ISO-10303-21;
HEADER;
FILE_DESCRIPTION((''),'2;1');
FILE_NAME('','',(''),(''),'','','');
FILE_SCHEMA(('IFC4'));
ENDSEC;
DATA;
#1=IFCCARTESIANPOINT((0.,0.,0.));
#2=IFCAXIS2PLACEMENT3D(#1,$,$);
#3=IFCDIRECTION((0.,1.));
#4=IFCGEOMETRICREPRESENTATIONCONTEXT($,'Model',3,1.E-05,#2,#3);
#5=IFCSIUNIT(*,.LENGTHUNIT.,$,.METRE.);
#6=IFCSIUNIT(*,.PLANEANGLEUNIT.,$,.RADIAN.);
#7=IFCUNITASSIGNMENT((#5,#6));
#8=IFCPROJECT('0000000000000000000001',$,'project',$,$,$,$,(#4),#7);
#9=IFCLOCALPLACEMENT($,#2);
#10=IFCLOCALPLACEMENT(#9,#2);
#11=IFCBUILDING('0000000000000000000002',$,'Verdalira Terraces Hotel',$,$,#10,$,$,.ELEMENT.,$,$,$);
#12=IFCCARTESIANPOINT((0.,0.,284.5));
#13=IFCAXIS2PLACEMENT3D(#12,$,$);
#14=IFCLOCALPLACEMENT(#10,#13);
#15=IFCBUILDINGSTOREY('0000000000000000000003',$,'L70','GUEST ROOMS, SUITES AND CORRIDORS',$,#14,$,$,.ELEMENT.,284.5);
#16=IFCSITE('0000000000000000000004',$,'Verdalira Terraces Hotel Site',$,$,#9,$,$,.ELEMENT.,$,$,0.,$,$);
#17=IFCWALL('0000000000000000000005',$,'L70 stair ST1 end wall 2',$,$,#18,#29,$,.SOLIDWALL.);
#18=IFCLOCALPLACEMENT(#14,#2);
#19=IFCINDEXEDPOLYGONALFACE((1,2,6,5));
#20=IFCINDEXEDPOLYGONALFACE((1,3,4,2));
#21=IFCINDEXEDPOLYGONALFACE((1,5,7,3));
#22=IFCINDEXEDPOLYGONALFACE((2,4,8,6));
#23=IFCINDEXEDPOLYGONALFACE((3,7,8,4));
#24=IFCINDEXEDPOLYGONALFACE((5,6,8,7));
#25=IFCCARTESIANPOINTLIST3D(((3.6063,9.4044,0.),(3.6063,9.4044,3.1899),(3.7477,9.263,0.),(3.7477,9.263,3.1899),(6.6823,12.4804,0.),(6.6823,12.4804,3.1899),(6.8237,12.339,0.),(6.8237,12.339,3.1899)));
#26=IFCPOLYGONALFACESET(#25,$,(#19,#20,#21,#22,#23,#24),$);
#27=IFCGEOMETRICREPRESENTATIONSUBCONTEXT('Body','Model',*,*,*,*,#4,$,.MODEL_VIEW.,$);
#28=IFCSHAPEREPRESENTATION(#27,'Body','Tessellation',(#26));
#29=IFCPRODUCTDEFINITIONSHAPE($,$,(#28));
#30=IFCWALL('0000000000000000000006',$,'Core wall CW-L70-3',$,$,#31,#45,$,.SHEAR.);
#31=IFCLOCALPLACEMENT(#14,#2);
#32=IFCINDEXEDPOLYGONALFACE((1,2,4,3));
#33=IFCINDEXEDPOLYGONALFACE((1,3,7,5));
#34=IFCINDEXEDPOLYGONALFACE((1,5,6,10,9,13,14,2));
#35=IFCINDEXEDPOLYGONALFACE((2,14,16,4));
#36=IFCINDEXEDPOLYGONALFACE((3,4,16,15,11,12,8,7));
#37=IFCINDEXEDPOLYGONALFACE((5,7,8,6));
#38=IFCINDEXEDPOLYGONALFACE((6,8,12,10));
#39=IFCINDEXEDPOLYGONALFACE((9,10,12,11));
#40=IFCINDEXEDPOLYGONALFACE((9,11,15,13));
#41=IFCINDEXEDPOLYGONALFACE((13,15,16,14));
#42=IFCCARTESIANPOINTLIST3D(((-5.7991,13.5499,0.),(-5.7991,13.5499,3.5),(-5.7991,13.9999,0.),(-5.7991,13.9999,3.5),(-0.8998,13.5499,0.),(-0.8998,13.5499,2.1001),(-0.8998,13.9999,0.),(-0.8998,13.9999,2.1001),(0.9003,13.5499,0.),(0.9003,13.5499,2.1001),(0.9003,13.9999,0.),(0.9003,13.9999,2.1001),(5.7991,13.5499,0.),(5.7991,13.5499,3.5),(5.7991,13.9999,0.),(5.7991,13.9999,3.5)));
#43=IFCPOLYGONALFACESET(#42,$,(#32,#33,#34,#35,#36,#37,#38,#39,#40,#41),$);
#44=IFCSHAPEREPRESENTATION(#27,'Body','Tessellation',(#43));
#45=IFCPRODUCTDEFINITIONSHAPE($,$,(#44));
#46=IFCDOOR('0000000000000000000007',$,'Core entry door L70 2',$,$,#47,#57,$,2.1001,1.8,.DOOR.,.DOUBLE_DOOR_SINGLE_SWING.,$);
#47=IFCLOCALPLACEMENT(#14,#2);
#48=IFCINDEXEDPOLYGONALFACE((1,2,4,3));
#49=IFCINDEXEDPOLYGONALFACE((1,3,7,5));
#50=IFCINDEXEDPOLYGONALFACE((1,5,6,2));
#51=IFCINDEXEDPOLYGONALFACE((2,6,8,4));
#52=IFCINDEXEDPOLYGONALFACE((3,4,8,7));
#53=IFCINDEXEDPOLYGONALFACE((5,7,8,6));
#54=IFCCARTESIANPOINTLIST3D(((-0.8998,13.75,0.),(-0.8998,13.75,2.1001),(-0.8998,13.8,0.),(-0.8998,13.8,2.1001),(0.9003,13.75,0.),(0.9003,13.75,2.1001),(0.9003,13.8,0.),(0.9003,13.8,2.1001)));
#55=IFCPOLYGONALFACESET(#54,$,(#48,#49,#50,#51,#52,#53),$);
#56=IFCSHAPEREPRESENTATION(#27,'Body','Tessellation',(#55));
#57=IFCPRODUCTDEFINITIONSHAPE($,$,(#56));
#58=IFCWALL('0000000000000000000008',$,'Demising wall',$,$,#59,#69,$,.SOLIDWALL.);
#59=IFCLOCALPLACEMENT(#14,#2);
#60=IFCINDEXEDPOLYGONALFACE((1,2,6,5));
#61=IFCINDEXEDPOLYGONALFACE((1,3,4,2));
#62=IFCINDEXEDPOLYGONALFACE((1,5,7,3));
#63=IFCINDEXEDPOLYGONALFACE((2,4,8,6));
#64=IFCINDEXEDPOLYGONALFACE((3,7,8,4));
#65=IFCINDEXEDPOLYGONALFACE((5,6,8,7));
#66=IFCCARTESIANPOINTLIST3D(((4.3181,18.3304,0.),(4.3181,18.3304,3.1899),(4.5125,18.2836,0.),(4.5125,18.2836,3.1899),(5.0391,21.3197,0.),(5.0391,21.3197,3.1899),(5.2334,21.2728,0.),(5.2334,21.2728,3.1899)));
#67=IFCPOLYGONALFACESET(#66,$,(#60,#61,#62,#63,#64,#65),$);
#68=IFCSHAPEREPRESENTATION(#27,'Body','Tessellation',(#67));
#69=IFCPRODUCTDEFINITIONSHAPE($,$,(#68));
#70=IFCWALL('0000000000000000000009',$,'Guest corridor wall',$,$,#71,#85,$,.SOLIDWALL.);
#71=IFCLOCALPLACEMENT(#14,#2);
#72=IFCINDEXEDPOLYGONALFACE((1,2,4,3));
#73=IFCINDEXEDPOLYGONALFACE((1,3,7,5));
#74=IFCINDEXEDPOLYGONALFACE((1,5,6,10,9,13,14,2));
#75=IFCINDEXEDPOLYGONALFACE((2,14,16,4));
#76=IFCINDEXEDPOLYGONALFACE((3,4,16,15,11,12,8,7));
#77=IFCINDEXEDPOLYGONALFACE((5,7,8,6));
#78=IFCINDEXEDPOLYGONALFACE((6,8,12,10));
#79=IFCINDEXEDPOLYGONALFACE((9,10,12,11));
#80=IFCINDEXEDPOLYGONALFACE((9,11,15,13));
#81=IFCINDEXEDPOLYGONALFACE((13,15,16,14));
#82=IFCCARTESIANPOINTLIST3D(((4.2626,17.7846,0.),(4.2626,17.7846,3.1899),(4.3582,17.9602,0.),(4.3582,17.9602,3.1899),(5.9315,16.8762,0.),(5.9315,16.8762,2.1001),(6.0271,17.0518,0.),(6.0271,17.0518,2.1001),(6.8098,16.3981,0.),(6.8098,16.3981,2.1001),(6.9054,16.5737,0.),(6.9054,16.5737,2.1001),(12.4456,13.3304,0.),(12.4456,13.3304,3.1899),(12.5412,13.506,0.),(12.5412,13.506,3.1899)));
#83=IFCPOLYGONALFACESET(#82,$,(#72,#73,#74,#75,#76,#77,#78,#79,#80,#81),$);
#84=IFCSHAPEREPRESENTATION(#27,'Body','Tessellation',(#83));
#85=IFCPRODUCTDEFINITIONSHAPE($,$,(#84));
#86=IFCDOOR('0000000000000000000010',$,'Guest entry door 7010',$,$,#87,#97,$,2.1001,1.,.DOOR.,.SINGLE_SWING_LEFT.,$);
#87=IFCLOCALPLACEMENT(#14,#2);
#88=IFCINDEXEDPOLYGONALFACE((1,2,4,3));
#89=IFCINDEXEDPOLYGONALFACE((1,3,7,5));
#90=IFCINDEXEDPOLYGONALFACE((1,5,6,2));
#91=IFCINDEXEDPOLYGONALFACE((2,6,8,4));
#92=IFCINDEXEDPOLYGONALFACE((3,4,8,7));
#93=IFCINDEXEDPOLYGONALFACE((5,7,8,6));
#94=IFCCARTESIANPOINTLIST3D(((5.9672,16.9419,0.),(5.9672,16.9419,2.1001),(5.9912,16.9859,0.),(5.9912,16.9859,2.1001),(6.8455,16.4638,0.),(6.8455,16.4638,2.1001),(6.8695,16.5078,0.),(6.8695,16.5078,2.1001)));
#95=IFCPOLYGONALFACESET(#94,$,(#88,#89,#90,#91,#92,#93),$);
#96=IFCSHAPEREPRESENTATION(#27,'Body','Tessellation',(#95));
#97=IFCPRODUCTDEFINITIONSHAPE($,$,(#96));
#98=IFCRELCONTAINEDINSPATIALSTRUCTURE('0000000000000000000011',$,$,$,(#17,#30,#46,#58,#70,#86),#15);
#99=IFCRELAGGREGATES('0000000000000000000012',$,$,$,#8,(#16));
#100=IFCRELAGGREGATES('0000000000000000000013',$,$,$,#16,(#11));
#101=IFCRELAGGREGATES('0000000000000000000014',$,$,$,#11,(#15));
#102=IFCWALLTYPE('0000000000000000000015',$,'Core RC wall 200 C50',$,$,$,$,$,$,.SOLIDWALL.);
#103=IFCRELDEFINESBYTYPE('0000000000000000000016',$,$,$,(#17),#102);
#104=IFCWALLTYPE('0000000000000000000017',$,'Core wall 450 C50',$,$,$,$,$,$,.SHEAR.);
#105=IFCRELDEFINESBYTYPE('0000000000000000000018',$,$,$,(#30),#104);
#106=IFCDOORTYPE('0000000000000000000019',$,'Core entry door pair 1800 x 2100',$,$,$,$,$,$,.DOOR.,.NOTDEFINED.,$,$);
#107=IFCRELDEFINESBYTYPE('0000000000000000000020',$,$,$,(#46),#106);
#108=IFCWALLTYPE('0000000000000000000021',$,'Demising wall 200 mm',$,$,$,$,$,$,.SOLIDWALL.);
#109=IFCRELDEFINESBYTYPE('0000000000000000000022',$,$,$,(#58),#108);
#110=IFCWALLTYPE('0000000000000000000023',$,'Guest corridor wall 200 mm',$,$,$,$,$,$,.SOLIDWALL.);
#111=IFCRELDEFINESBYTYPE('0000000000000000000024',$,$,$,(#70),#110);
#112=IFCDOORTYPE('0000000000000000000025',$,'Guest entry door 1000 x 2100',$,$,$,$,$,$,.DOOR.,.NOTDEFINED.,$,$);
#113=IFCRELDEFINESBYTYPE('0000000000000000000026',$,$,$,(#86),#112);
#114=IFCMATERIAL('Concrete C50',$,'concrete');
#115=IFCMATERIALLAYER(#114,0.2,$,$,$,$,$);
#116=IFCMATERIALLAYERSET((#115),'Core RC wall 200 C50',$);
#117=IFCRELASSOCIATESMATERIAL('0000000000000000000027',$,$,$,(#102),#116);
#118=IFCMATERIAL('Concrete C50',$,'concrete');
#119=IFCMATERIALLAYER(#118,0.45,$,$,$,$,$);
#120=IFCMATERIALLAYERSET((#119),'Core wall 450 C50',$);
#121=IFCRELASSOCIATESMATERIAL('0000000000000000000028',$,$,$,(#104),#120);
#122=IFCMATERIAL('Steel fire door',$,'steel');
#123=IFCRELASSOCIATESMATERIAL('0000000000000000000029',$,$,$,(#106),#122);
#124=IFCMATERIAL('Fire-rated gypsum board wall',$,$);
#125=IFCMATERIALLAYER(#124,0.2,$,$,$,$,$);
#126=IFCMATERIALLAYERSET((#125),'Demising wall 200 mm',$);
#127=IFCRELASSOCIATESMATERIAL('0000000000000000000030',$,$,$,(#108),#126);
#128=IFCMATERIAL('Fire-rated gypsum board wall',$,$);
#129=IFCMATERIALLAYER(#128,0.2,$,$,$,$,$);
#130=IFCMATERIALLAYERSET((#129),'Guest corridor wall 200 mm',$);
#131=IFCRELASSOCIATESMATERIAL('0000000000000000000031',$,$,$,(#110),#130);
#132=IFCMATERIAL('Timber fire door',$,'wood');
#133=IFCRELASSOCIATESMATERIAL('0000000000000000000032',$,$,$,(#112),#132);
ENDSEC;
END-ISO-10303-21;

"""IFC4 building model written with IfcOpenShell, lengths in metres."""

from ifc_helpers import new_model, si_unit, direction, frame, frame_2d, origin, place, context, subcontext, project, spatial, rectangle, extrude, material, layer, layer_set, type_object, element, fill, save


model = new_model("IFC4")

# Units and contexts
model_context = context("Model", 3, precision=1e-05, world=origin(), true_north=direction((0.0, 1.0)))
body_context = subcontext(model_context, "Body", "Model", "MODEL_VIEW")
ifc_project = project(units=[si_unit("LENGTHUNIT", "METRE"), si_unit("PLANEANGLEUNIT", "RADIAN")], contexts=[model_context])

# Site, building, storey
site_placement = place(None, origin())
site = spatial("IfcSite", under=ifc_project, at=site_placement, Name="Verdalira Terraces Hotel Site", CompositionType="ELEMENT", RefElevation=0.0)
building_placement = place(site_placement, origin())
building = spatial("IfcBuilding", under=site, at=building_placement, Name="Verdalira Terraces Hotel", CompositionType="ELEMENT")
storey_placement = place(building_placement, frame((0.0, 0.0, 284.5)))
storey = spatial("IfcBuildingStorey", under=building, at=storey_placement, Name="L70", Description="GUEST ROOMS, SUITES AND CORRIDORS", CompositionType="ELEMENT", Elevation=284.5)

# Shared definitions
ifc_material_1 = material(Name="Concrete C50", Category="concrete")
ifc_layer_1 = layer(ifc_material_1, 0.2)
ifc_layer_set_1 = layer_set([ifc_layer_1], Name="Core RC wall 200 C50")
wall_type_1 = type_object("IfcWallType", Name="Core RC wall 200 C50", PredefinedType="SOLIDWALL", material=ifc_layer_set_1)

# Wall
wall_1_placement = place(storey_placement, frame((3.677, 9.3337, 0.0), z_axis=(0.0, 0.0, 1.0), x_axis=(0.707107, 0.707107, 0.0)))
element("IfcWall", 1, at=wall_1_placement, inside=storey, type_object=wall_type_1, Name="L70 stair ST1 end wall 2", PredefinedType="SOLIDWALL", context=body_context, shape_type="SweptSolid", body=[
    extrude(rectangle(XDim=4.3501, YDim=0.2, at=frame_2d((2.175, 0.0))), origin(), (0.0, 0.0, 1.0), 3.1899),
])

# Wall, opening, door
ifc_material_2 = material(Name="Concrete C50", Category="concrete")
ifc_layer_2 = layer(ifc_material_2, 0.45)
ifc_layer_set_2 = layer_set([ifc_layer_2], Name="Core wall 450 C50")
wall_type_2 = type_object("IfcWallType", Name="Core wall 450 C50", PredefinedType="SHEAR", material=ifc_layer_set_2)
wall_2_placement = place(storey_placement, frame((5.7991, 13.7749, 0.0), z_axis=(0.0, 0.0, 1.0), x_axis=(-1.0, 0.0, 0.0)))
wall_2 = element("IfcWall", 2, at=wall_2_placement, inside=storey, type_object=wall_type_2, Name="Core wall CW-L70-3", PredefinedType="SHEAR", context=body_context, shape_type="SweptSolid", body=[
    extrude(rectangle(XDim=11.5981, YDim=0.45, at=frame_2d((5.7991, 0.0))), origin(), (0.0, 0.0, 1.0), 3.5),
])
opening_1_placement = place(wall_2_placement, frame((4.8989, 0.0, 0.0)))
opening_1 = element("IfcOpeningElement", 3, at=opening_1_placement, cuts=wall_2, PredefinedType="OPENING", context=body_context, shape_type="SweptSolid", body=[
    extrude(rectangle(XDim=1.8, YDim=2.1001, at=frame_2d((0.8999, 1.05))), frame((0.0, 0.2349, 0.0), z_axis=(0.0, -1.0, 0.0), x_axis=(1.0, 0.0, 0.0)), (0.0, 0.0, 1.0), 0.47),
])
ifc_material_3 = material(Name="Steel fire door", Category="steel")
door_type_1 = type_object("IfcDoorType", Name="Core entry door pair 1800 x 2100", OperationType="NOTDEFINED", PredefinedType="DOOR", material=ifc_material_3)
door_1_placement = place(opening_1_placement, origin())
door_1 = element("IfcDoor", 4, at=door_1_placement, inside=storey, type_object=door_type_1, Name="Core entry door L70 2", OperationType="DOUBLE_DOOR_SINGLE_SWING", OverallHeight=2.1001, OverallWidth=1.8, PredefinedType="DOOR", context=body_context, shape_type="SweptSolid", body=[
    extrude(rectangle(XDim=1.8, YDim=2.1001, at=frame_2d((0.8999, 1.05))), frame((0.0, 0.0249, 0.0), z_axis=(0.0, -1.0, 0.0), x_axis=(1.0, 0.0, 0.0)), (0.0, 0.0, 1.0), 0.05),
])
fill(opening_1, door_1)

# Wall
ifc_material_4 = material(Name="Fire-rated gypsum board wall")
ifc_layer_3 = layer(ifc_material_4, 0.2)
ifc_layer_set_3 = layer_set([ifc_layer_3], Name="Demising wall 200 mm")
wall_type_3 = type_object("IfcWallType", Name="Demising wall 200 mm", PredefinedType="SOLIDWALL", material=ifc_layer_set_3)
wall_3_placement = place(storey_placement, frame((4.4153, 18.3069, 0.0), z_axis=(0.0, 0.0, 1.0), x_axis=(0.234457, 0.972127, 0.0)))
element("IfcWall", 5, at=wall_3_placement, inside=storey, type_object=wall_type_3, Name="Demising wall", PredefinedType="SOLIDWALL", context=body_context, shape_type="SweptSolid", body=[
    extrude(rectangle(XDim=3.075, YDim=0.2, at=frame_2d((1.5376, 0.0))), origin(), (0.0, 0.0, 1.0), 3.1899),
])

# Wall, opening, door
ifc_material_5 = material(Name="Fire-rated gypsum board wall")
ifc_layer_4 = layer(ifc_material_5, 0.2)
ifc_layer_set_4 = layer_set([ifc_layer_4], Name="Guest corridor wall 200 mm")
wall_type_4 = type_object("IfcWallType", Name="Guest corridor wall 200 mm", PredefinedType="SOLIDWALL", material=ifc_layer_set_4)
wall_4_placement = place(storey_placement, frame((4.3105, 17.8723, 0.0), z_axis=(0.0, 0.0, 1.0), x_axis=(0.878314, -0.478084, 0.0)))
wall_4 = element("IfcWall", 6, at=wall_4_placement, inside=storey, type_object=wall_type_4, Name="Guest corridor wall", PredefinedType="SOLIDWALL", context=body_context, shape_type="SweptSolid", body=[
    extrude(rectangle(XDim=9.3166, YDim=0.2, at=frame_2d((4.6582, 0.0))), origin(), (0.0, 0.0, 1.0), 3.1899),
])
opening_2_placement = place(wall_4_placement, frame((1.8999, 0.0, 0.0)))
opening_2 = element("IfcOpeningElement", 7, at=opening_2_placement, cuts=wall_4, PredefinedType="OPENING", context=body_context, shape_type="SweptSolid", body=[
    extrude(rectangle(XDim=1.0, YDim=2.1001, at=frame_2d((0.5, 1.05))), frame((0.0, 0.1099, 0.0), z_axis=(0.0, -1.0, 0.0), x_axis=(1.0, 0.0, 0.0)), (0.0, 0.0, 1.0), 0.22),
])
ifc_material_6 = material(Name="Timber fire door", Category="wood")
door_type_2 = type_object("IfcDoorType", Name="Guest entry door 1000 x 2100", OperationType="NOTDEFINED", PredefinedType="DOOR", material=ifc_material_6)
door_2_placement = place(opening_2_placement, origin())
door_2 = element("IfcDoor", 8, at=door_2_placement, inside=storey, type_object=door_type_2, Name="Guest entry door 7010", OperationType="SINGLE_SWING_LEFT", OverallHeight=2.1001, OverallWidth=1.0, PredefinedType="DOOR", context=body_context, shape_type="SweptSolid", body=[
    extrude(rectangle(XDim=1.0, YDim=2.1001, at=frame_2d((0.5, 1.05))), frame((0.0, 0.0249, 0.0), z_axis=(0.0, -1.0, 0.0), x_axis=(1.0, 0.0, 0.0)), (0.0, 0.0, 1.0), 0.05),
])
fill(opening_2, door_2)

save(model, "model.ifc")
